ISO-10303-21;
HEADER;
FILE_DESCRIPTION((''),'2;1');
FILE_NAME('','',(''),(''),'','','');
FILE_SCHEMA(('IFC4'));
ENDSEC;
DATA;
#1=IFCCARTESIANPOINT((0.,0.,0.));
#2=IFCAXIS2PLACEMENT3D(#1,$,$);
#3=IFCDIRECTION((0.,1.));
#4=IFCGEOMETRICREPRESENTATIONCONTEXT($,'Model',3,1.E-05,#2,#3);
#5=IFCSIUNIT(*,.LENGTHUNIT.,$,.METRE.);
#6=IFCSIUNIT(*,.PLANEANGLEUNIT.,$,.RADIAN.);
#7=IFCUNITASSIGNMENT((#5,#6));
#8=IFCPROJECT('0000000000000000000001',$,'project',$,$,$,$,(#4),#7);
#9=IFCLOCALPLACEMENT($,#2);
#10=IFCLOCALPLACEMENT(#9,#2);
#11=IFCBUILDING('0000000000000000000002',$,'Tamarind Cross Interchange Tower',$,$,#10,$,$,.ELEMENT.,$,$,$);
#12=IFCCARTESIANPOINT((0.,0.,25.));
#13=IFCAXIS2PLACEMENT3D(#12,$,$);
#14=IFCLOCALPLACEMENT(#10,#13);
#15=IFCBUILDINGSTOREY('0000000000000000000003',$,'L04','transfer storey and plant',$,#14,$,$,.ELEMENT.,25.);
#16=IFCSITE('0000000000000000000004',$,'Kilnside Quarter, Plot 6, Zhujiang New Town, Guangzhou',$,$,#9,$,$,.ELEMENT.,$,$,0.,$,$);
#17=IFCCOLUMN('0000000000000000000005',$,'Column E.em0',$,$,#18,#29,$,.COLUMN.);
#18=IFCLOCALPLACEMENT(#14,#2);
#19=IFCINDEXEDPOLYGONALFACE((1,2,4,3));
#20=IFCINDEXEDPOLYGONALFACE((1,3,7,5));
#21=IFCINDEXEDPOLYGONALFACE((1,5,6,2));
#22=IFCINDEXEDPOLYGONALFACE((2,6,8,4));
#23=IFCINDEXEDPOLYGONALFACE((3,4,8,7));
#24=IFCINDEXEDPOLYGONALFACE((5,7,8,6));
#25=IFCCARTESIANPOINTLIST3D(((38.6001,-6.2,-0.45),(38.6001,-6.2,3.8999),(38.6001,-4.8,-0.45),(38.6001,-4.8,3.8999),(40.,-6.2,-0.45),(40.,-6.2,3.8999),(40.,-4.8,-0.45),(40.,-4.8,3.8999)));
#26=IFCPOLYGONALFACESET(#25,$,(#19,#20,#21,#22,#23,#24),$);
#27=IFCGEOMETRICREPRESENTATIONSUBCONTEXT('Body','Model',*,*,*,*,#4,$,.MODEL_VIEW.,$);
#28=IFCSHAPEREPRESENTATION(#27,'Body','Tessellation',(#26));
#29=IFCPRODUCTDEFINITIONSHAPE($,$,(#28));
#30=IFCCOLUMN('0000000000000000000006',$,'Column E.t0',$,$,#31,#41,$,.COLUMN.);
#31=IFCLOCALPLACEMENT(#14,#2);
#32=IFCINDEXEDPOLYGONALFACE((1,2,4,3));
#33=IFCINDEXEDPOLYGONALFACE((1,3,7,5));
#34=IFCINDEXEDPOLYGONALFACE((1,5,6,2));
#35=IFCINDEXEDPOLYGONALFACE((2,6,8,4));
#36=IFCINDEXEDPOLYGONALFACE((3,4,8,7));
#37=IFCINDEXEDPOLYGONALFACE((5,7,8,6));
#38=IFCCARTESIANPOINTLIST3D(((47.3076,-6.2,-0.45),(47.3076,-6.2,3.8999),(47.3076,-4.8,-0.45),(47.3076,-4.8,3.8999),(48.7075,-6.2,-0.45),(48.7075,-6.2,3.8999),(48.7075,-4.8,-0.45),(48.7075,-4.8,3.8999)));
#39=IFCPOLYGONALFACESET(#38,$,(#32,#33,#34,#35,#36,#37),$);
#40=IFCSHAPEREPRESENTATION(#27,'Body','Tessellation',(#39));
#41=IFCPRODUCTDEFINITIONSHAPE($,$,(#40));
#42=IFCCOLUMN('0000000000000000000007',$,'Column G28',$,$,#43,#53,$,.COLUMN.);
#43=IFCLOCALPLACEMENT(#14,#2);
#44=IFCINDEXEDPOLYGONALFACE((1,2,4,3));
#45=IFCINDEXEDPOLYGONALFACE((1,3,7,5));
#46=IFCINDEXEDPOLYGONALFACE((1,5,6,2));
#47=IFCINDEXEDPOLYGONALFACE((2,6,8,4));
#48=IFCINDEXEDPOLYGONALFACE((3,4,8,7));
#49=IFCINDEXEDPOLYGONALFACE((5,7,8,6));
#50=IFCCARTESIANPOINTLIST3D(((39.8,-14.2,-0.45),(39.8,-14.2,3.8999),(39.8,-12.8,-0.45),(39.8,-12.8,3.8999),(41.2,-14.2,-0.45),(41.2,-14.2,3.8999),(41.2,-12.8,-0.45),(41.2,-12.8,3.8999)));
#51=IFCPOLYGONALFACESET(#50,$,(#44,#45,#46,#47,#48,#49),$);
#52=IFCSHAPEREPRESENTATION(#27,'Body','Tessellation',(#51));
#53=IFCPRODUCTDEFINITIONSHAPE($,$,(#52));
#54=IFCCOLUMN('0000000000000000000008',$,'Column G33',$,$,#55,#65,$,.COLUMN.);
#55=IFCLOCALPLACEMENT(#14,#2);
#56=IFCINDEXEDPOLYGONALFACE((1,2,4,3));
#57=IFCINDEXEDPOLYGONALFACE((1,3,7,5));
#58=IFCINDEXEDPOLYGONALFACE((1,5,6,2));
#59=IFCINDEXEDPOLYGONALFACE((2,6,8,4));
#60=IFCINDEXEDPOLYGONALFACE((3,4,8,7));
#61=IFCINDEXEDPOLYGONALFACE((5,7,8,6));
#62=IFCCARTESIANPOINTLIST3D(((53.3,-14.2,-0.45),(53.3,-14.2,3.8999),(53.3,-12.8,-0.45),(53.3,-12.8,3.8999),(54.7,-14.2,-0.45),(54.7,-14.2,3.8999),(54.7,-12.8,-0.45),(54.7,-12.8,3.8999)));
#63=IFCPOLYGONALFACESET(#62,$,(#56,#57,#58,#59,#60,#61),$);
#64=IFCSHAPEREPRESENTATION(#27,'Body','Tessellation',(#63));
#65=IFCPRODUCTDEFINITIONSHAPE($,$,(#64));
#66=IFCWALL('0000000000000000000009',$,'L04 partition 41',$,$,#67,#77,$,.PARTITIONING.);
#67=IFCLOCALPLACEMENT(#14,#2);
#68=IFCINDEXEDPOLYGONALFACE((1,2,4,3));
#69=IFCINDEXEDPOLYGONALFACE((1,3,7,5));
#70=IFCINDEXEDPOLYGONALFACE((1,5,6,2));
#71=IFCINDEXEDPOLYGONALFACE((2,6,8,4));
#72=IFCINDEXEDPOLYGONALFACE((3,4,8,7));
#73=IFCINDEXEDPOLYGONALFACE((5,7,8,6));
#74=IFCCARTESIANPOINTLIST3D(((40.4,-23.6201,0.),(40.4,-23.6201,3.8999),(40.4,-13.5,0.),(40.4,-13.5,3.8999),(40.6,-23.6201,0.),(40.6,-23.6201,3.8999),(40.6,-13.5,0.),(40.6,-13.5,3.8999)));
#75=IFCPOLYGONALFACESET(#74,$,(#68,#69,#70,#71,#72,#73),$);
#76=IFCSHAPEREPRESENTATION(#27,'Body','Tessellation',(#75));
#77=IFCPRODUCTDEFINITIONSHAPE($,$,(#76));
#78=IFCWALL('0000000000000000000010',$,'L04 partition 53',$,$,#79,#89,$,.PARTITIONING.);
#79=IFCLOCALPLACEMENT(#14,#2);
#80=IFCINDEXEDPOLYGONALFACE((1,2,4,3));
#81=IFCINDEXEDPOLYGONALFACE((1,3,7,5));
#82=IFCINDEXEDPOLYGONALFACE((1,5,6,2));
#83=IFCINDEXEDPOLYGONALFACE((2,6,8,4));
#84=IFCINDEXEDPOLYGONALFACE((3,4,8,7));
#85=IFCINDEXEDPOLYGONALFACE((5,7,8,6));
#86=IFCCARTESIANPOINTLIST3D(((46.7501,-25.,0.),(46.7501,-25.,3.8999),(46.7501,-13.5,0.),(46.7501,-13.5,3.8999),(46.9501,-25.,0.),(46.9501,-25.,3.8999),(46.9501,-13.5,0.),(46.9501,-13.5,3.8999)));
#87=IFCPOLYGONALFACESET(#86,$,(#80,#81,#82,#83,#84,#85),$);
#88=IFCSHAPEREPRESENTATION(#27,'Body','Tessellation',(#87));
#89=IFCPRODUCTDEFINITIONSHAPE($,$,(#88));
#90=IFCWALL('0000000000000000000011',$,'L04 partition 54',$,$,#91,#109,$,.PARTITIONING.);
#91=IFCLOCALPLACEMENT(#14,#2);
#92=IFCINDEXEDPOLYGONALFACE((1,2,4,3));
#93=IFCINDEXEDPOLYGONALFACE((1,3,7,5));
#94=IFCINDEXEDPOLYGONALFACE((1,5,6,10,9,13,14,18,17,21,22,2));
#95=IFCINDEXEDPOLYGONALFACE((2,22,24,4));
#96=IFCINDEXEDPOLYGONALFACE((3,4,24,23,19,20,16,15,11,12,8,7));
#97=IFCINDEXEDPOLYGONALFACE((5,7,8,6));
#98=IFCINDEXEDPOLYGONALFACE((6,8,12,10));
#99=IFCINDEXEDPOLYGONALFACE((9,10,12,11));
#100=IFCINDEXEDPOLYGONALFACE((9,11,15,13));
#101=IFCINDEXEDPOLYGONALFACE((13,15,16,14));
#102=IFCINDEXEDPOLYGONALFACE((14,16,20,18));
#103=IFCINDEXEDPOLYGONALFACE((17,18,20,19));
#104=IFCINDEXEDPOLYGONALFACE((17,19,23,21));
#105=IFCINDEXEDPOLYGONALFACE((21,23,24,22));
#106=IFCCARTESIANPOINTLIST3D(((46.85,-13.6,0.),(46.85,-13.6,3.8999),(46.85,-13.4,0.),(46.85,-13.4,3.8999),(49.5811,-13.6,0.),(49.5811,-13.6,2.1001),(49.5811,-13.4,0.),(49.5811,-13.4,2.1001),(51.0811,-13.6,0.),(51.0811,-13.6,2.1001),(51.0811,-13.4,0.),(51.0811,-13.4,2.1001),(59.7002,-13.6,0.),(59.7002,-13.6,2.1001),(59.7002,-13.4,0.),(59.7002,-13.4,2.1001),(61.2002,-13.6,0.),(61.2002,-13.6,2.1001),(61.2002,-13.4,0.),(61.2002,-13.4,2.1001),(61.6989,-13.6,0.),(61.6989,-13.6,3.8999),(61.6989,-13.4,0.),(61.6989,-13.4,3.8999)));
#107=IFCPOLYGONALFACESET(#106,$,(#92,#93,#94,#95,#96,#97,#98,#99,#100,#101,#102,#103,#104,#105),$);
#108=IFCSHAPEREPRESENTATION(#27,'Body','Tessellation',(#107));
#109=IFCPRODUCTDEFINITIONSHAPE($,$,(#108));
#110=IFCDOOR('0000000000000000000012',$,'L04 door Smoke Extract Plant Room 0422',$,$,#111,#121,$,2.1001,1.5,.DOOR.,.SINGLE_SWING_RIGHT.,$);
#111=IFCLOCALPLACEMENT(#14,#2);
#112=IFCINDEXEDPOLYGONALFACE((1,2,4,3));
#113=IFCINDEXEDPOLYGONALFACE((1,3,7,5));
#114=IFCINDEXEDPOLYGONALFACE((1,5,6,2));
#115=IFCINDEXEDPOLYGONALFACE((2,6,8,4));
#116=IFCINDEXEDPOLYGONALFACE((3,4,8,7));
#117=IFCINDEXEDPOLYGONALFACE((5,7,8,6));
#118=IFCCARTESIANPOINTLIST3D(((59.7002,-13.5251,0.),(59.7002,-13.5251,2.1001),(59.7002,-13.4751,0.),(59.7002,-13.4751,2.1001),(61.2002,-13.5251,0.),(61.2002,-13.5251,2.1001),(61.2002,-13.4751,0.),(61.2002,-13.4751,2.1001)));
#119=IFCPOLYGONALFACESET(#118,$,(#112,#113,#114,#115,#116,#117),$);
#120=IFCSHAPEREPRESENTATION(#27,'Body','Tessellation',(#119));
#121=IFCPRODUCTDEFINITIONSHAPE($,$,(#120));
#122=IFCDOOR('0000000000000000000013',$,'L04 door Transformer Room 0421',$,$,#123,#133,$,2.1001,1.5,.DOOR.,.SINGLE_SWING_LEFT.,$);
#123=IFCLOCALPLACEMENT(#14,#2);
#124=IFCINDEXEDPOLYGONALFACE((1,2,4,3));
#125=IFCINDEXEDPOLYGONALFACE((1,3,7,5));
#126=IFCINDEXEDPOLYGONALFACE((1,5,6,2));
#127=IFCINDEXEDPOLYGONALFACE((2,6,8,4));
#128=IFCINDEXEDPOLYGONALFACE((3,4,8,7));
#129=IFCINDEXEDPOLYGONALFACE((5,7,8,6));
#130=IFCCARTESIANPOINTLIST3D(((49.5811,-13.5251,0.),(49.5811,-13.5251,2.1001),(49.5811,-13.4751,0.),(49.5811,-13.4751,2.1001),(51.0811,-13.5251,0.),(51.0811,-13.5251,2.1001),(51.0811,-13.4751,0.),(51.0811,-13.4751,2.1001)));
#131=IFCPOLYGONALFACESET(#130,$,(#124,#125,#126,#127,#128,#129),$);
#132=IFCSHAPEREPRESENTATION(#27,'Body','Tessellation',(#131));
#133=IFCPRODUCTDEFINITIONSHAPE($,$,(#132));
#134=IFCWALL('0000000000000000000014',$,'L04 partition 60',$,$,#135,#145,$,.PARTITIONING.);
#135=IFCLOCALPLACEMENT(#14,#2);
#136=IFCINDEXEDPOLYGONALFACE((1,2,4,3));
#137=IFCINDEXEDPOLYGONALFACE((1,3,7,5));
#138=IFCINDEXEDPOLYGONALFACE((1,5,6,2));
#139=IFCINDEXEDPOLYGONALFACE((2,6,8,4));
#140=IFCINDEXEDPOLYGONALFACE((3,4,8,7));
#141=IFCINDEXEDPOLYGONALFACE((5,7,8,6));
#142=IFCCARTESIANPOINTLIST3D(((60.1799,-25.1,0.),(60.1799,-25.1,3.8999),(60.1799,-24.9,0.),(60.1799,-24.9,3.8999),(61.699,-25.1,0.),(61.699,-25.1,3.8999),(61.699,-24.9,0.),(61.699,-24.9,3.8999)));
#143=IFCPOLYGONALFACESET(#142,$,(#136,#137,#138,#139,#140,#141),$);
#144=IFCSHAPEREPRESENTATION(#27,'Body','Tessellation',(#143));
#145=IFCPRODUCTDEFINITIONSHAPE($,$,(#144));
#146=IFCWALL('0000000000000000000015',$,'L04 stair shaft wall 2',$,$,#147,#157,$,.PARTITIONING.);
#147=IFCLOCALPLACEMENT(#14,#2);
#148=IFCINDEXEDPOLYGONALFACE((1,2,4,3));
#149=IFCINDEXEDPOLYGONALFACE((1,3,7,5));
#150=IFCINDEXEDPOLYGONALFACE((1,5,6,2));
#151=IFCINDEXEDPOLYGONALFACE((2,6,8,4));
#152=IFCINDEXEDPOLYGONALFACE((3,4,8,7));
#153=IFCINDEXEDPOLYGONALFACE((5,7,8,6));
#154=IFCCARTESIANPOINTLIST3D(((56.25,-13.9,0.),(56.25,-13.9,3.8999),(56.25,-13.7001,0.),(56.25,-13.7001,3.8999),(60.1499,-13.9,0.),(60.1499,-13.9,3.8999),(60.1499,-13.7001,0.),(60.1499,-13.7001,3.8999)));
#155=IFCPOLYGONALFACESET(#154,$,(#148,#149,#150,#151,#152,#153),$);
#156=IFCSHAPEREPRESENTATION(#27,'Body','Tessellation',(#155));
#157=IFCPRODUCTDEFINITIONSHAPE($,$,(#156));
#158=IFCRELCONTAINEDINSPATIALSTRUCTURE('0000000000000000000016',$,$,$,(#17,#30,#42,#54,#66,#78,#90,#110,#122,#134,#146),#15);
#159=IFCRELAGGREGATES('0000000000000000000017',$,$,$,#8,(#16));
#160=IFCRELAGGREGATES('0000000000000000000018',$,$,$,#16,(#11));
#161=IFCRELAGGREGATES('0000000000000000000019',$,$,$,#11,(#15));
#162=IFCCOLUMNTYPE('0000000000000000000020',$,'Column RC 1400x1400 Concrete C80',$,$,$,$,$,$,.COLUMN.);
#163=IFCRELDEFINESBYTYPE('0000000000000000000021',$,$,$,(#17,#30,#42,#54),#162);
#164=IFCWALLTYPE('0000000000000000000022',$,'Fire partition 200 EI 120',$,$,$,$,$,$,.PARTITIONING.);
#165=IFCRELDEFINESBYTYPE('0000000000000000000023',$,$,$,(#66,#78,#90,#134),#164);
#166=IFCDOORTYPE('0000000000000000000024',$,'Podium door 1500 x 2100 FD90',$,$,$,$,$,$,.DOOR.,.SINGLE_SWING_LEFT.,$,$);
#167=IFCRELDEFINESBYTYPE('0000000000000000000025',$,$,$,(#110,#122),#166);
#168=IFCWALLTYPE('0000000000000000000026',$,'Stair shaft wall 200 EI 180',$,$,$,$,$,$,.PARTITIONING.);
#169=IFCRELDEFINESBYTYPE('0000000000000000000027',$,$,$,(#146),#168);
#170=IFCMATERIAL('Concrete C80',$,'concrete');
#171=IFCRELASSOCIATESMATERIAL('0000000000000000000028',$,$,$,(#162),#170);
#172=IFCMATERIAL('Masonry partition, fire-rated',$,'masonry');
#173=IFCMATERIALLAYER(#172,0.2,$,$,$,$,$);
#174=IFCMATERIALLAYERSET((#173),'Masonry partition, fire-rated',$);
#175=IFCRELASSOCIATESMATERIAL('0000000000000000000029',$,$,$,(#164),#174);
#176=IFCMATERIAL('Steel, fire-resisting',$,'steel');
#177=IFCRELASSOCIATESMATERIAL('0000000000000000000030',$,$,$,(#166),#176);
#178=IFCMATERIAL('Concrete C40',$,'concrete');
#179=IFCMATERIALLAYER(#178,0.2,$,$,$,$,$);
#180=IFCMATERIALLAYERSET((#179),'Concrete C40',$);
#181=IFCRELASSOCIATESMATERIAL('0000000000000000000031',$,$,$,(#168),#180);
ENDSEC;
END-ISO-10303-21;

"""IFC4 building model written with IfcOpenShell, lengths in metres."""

from ifc_helpers import new_model, si_unit, direction, frame, frame_2d, origin, origin_2d, place, context, subcontext, project, spatial, rectangle, extrude, material, layer, layer_set, material_profile, profile_set, type_object, element, fill, save


model = new_model("IFC4")

# Units and contexts
model_context = context("Model", 3, precision=1e-05, world=origin(), true_north=direction((0.0, 1.0)))
body_context = subcontext(model_context, "Body", "Model", "MODEL_VIEW")
ifc_project = project(units=[si_unit("LENGTHUNIT", "METRE"), si_unit("PLANEANGLEUNIT", "RADIAN")], contexts=[model_context])

# Site, building, storey
site_placement = place(None, origin())
site = spatial("IfcSite", under=ifc_project, at=site_placement, Name="Kilnside Quarter, Plot 6, Zhujiang New Town, Guangzhou", CompositionType="ELEMENT", RefElevation=0.0)
building_placement = place(site_placement, origin())
building = spatial("IfcBuilding", under=site, at=building_placement, Name="Tamarind Cross Interchange Tower", CompositionType="ELEMENT")
storey_placement = place(building_placement, frame((0.0, 0.0, 25.0)))
storey = spatial("IfcBuildingStorey", under=building, at=storey_placement, Name="L04", Description="transfer storey and plant", CompositionType="ELEMENT", Elevation=25.0)

# Columns
ifc_material_1 = material(Name="Concrete C80", Category="concrete")
ifc_material_profile = material_profile(ifc_material_1, rectangle(XDim=1.3999, YDim=1.3999, at=origin_2d()), Name="RC 1400x1400")
ifc_profile_set = profile_set([ifc_material_profile], Name="Concrete C80")
column_type = type_object("IfcColumnType", Name="Column RC 1400x1400 Concrete C80", PredefinedType="COLUMN", material=ifc_profile_set)
for number, where, z_axis, x_axis, name in (
    (1, (39.3, -5.5, -0.45), (0.0, 0.0, 1.0), (1.0, 0.0, 0.0), "Column E.em0"),
    (2, (48.0076, -5.5, -0.45), (0.0, 0.0, 1.0), (1.0, 0.0, 0.0), "Column E.t0"),
    (3, (40.5, -13.5, -0.45), (0.0, 0.0, 1.0), (1.0, 0.0, 0.0), "Column G28"),
    (4, (54.0, -13.5, -0.45), (0.0, 0.0, 1.0), (1.0, 0.0, 0.0), "Column G33"),
):
    element("IfcColumn", number, at=place(storey_placement, frame(where, z_axis=z_axis, x_axis=x_axis)), inside=storey, type_object=column_type, Name=name, PredefinedType="COLUMN", context=body_context, shape_type="SweptSolid", body=[
        extrude(rectangle(XDim=1.3999, YDim=1.3999, at=origin_2d()), origin(), (0.0, 0.0, 1.0), 4.3499),
    ])

# Walls
ifc_material_2 = material(Name="Masonry partition, fire-rated", Category="masonry")
ifc_layer_1 = layer(ifc_material_2, 0.2)
ifc_layer_set_1 = layer_set([ifc_layer_1], Name="Masonry partition, fire-rated")
wall_type_1 = type_object("IfcWallType", Name="Fire partition 200 EI 120", PredefinedType="PARTITIONING", material=ifc_layer_set_1)
wall_1_placement = place(storey_placement, frame((40.5, -23.6201, 0.0), z_axis=(0.0, 0.0, 1.0), x_axis=(0.0, 1.0, 0.0)))
element("IfcWall", 5, at=wall_1_placement, inside=storey, type_object=wall_type_1, Name="L04 partition 41", PredefinedType="PARTITIONING", context=body_context, shape_type="SweptSolid", body=[
    extrude(rectangle(XDim=10.1201, YDim=0.2, at=frame_2d((5.0601, 0.0))), origin(), (0.0, 0.0, 1.0), 3.8999),
])
wall_2_placement = place(storey_placement, frame((46.8501, -25.0, 0.0), z_axis=(0.0, 0.0, 1.0), x_axis=(0.0, 1.0, 0.0)))
element("IfcWall", 6, at=wall_2_placement, inside=storey, type_object=wall_type_1, Name="L04 partition 53", PredefinedType="PARTITIONING", context=body_context, shape_type="SweptSolid", body=[
    extrude(rectangle(XDim=11.5, YDim=0.2, at=frame_2d((5.75, 0.0))), origin(), (0.0, 0.0, 1.0), 3.8999),
])

# Wall, openings, doors
wall_3_placement = place(storey_placement, frame((46.8501, -13.5, 0.0), z_axis=(0.0, 0.0, 1.0), x_axis=(1.0, 0.0, 0.0)))
wall_3 = element("IfcWall", 7, at=wall_3_placement, inside=storey, type_object=wall_type_1, Name="L04 partition 54", PredefinedType="PARTITIONING", context=body_context, shape_type="SweptSolid", body=[
    extrude(rectangle(XDim=14.8489, YDim=0.2, at=frame_2d((7.4243, 0.0))), origin(), (0.0, 0.0, 1.0), 3.8999),
])
opening_1_placement = place(wall_3_placement, frame((12.8501, 0.0, 0.0)))
opening_1 = element("IfcOpeningElement", 8, at=opening_1_placement, cuts=wall_3, PredefinedType="OPENING", context=body_context, shape_type="SweptSolid", body=[
    extrude(rectangle(XDim=1.5, YDim=2.1001, at=frame_2d((0.75, 1.05))), frame((0.0, 0.1099, 0.0), z_axis=(0.0, -1.0, 0.0), x_axis=(1.0, 0.0, 0.0)), (0.0, 0.0, 1.0), 0.22),
])
opening_2_placement = place(wall_3_placement, frame((2.731, 0.0, 0.0)))
opening_2 = element("IfcOpeningElement", 9, at=opening_2_placement, cuts=wall_3, PredefinedType="OPENING", context=body_context, shape_type="SweptSolid", body=[
    extrude(rectangle(XDim=1.5, YDim=2.1001, at=frame_2d((0.75, 1.05))), frame((0.0, 0.1099, 0.0), z_axis=(0.0, -1.0, 0.0), x_axis=(1.0, 0.0, 0.0)), (0.0, 0.0, 1.0), 0.22),
])
ifc_material_3 = material(Name="Steel, fire-resisting", Category="steel")
door_type = type_object("IfcDoorType", Name="Podium door 1500 x 2100 FD90", OperationType="SINGLE_SWING_LEFT", PredefinedType="DOOR", material=ifc_material_3)
door_1_placement = place(opening_1_placement, origin())
door_1 = element("IfcDoor", 10, at=door_1_placement, inside=storey, type_object=door_type, Name="L04 door Smoke Extract Plant Room 0422", OperationType="SINGLE_SWING_RIGHT", OverallHeight=2.1001, OverallWidth=1.5, PredefinedType="DOOR", context=body_context, shape_type="SweptSolid", body=[
    extrude(rectangle(XDim=1.5, YDim=2.1001, at=frame_2d((0.75, 1.05))), frame((0.0, 0.0249, 0.0), z_axis=(0.0, -1.0, 0.0), x_axis=(1.0, 0.0, 0.0)), (0.0, 0.0, 1.0), 0.05),
])
fill(opening_1, door_1)
door_2_placement = place(opening_2_placement, origin())
door_2 = element("IfcDoor", 11, at=door_2_placement, inside=storey, type_object=door_type, Name="L04 door Transformer Room 0421", OperationType="SINGLE_SWING_LEFT", OverallHeight=2.1001, OverallWidth=1.5, PredefinedType="DOOR", context=body_context, shape_type="SweptSolid", body=[
    extrude(rectangle(XDim=1.5, YDim=2.1001, at=frame_2d((0.75, 1.05))), frame((0.0, 0.0249, 0.0), z_axis=(0.0, -1.0, 0.0), x_axis=(1.0, 0.0, 0.0)), (0.0, 0.0, 1.0), 0.05),
])
fill(opening_2, door_2)

# Walls
wall_4_placement = place(storey_placement, frame((60.1799, -25.0, 0.0), z_axis=(0.0, 0.0, 1.0), x_axis=(1.0, 0.0, 0.0)))
element("IfcWall", 12, at=wall_4_placement, inside=storey, type_object=wall_type_1, Name="L04 partition 60", PredefinedType="PARTITIONING", context=body_context, shape_type="SweptSolid", body=[
    extrude(rectangle(XDim=1.519, YDim=0.2, at=frame_2d((0.7595, 0.0))), origin(), (0.0, 0.0, 1.0), 3.8999),
])
ifc_material_4 = material(Name="Concrete C40", Category="concrete")
ifc_layer_2 = layer(ifc_material_4, 0.2)
ifc_layer_set_2 = layer_set([ifc_layer_2], Name="Concrete C40")
wall_type_2 = type_object("IfcWallType", Name="Stair shaft wall 200 EI 180", PredefinedType="PARTITIONING", material=ifc_layer_set_2)
wall_5_placement = place(storey_placement, frame((56.25, -13.8, 0.0), z_axis=(0.0, 0.0, 1.0), x_axis=(1.0, 0.0, 0.0)))
element("IfcWall", 13, at=wall_5_placement, inside=storey, type_object=wall_type_2, Name="L04 stair shaft wall 2", PredefinedType="PARTITIONING", context=body_context, shape_type="SweptSolid", body=[
    extrude(rectangle(XDim=3.8999, YDim=0.2, at=frame_2d((1.95, 0.0))), origin(), (0.0, 0.0, 1.0), 3.8999),
])

save(model, "model.ifc")
